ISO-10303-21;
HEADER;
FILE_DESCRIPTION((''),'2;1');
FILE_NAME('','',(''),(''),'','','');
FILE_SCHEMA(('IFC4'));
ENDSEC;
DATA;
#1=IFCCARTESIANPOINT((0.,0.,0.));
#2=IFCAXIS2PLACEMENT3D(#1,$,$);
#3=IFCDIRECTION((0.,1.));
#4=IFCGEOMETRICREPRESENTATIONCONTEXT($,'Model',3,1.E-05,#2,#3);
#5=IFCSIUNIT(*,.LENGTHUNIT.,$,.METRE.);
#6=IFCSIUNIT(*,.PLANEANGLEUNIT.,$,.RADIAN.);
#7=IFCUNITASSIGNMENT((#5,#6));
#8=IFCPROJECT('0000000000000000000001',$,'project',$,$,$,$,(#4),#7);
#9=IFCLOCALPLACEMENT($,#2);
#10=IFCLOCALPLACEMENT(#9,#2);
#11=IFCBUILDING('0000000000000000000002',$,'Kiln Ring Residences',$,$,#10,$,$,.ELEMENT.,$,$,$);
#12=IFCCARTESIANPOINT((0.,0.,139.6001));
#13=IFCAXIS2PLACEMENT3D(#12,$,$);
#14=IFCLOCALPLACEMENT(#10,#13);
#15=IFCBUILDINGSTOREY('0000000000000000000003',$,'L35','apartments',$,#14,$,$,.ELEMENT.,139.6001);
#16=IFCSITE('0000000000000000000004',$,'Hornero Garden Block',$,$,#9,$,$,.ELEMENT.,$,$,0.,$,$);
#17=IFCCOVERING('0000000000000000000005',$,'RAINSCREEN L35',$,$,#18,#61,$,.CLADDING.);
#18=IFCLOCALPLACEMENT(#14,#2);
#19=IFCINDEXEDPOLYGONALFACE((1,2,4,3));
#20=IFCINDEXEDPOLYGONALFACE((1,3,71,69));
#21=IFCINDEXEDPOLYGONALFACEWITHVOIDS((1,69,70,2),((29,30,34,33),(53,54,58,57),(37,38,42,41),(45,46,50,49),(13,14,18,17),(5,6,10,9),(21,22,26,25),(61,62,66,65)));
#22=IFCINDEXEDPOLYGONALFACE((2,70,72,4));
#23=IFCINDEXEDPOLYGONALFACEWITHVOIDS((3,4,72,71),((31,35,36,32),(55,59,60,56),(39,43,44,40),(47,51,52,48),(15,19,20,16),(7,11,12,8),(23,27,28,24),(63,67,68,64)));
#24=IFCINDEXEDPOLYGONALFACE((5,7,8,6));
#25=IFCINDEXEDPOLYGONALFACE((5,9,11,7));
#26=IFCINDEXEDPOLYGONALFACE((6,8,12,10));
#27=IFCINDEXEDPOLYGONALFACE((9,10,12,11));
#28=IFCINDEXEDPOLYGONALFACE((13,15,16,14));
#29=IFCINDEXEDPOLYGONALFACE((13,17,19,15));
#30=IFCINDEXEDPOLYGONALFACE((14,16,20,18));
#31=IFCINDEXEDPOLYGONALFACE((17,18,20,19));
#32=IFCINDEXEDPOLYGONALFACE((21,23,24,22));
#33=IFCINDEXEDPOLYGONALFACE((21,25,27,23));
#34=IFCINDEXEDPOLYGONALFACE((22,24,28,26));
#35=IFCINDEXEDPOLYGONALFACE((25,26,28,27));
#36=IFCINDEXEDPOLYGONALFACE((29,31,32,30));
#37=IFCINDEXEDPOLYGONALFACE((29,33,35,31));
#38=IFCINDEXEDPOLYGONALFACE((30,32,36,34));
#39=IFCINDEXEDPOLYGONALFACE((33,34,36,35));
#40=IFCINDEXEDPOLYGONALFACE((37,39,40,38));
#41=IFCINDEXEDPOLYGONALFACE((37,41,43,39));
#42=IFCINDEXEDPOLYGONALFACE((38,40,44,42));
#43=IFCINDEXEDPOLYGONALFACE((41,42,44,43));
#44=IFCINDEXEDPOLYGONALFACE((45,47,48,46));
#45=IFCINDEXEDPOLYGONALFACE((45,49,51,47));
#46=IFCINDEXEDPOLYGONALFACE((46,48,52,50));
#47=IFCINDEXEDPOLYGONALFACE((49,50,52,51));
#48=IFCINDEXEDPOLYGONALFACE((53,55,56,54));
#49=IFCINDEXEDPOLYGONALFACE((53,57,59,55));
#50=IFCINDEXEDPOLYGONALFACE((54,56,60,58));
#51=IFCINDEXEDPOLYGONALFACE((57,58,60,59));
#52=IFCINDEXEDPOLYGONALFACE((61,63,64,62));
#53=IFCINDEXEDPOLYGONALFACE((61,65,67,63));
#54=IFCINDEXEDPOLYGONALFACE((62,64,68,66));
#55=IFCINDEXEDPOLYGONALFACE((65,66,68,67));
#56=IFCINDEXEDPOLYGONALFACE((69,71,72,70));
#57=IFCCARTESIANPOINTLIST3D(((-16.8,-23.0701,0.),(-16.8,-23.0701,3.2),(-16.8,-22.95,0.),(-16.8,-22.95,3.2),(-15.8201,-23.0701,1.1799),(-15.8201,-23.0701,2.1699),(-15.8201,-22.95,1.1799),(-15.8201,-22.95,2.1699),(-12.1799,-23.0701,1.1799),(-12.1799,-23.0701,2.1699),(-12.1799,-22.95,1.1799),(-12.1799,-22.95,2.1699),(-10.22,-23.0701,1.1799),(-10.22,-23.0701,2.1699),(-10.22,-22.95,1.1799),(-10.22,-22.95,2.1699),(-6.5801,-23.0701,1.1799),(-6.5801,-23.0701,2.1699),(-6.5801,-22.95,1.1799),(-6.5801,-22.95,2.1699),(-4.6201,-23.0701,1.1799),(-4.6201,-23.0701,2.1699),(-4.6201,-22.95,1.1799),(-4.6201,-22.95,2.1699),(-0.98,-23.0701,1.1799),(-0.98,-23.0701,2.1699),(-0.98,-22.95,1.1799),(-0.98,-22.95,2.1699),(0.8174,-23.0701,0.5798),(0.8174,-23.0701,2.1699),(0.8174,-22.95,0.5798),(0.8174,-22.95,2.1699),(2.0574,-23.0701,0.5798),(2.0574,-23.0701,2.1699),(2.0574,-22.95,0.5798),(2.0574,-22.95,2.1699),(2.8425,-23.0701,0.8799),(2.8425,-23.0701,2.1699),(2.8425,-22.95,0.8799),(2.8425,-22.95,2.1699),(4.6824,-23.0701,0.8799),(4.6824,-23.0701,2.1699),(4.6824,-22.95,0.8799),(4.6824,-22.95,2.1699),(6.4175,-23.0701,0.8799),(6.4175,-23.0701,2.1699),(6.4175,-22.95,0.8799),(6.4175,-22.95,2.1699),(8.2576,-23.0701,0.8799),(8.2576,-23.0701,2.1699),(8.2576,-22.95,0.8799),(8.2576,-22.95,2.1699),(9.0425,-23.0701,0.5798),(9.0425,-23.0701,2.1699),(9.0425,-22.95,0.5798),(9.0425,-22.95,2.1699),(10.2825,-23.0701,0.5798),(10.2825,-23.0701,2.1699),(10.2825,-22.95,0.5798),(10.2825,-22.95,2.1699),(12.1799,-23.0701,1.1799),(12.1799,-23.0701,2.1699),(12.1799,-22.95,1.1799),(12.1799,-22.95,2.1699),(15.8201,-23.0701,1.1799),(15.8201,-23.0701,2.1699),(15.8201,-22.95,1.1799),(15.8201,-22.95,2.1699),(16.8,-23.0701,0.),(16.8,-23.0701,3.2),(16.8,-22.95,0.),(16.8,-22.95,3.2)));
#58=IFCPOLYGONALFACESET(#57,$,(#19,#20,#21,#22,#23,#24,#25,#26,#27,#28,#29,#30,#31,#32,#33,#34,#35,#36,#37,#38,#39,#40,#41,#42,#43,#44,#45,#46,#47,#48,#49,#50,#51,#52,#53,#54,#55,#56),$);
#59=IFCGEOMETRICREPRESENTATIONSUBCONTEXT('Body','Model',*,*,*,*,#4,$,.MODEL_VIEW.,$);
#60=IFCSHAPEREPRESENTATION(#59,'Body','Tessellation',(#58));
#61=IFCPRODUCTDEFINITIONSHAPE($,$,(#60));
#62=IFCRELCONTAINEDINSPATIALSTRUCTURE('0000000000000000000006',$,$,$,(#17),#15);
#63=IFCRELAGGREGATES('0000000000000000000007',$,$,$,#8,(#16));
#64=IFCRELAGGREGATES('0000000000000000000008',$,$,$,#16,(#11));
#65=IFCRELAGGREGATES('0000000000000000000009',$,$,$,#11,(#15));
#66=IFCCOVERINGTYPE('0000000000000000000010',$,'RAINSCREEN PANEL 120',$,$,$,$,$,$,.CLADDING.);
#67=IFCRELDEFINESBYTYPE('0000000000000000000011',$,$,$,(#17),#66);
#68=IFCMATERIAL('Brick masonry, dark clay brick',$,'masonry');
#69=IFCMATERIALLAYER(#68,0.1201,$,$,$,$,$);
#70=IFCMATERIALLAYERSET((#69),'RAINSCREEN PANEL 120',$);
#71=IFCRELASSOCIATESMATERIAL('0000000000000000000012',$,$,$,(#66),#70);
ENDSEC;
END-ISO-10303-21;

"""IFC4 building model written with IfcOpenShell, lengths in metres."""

from ifc_helpers import new_model, si_unit, direction, frame, origin, place, context, subcontext, project, spatial, polyline, outline, extrude, material, layer, layer_set, type_object, element, save


model = new_model("IFC4")

# Units and contexts
model_context = context("Model", 3, precision=1e-05, world=origin(), true_north=direction((0.0, 1.0)))
body_context = subcontext(model_context, "Body", "Model", "MODEL_VIEW")
ifc_project = project(units=[si_unit("LENGTHUNIT", "METRE"), si_unit("PLANEANGLEUNIT", "RADIAN")], contexts=[model_context])

# Site, building, storey
site_placement = place(None, origin())
site = spatial("IfcSite", under=ifc_project, at=site_placement, Name="Hornero Garden Block", CompositionType="ELEMENT", RefElevation=0.0)
building_placement = place(site_placement, origin())
building = spatial("IfcBuilding", under=site, at=building_placement, Name="Kiln Ring Residences", CompositionType="ELEMENT")
storey_placement = place(building_placement, frame((0.0, 0.0, 139.6001)))
storey = spatial("IfcBuildingStorey", under=building, at=storey_placement, Name="L35", Description="apartments", CompositionType="ELEMENT", Elevation=139.6001)

# Covering
ifc_material_1 = material(Name="Brick masonry, dark clay brick", Category="masonry")
ifc_layer_1 = layer(ifc_material_1, 0.1201)
ifc_layer_set_1 = layer_set([ifc_layer_1], Name="RAINSCREEN PANEL 120")
covering_type = type_object("IfcCoveringType", Name="RAINSCREEN PANEL 120", PredefinedType="CLADDING", material=ifc_layer_set_1)
covering_placement = place(storey_placement, frame((-16.8, -23.01, 0.0), z_axis=(0.0, 0.0, 1.0), x_axis=(1.0, 0.0, 0.0)))
element("IfcCovering", 1, at=covering_placement, inside=storey, type_object=covering_type, Name="RAINSCREEN L35", PredefinedType="CLADDING", context=body_context, shape_type="SweptSolid", body=[
    extrude(outline(polyline([(0.0, 0.0), (33.6001, 0.0), (33.6001, 3.2), (0.0, 3.2), (0.0, 0.0)]), holes=[polyline([(17.6174, 0.5798), (18.8574, 0.5798), (18.8574, 2.1699), (17.6174, 2.1699), (17.6174, 0.5798)]), polyline([(25.8425, 0.5798), (27.0825, 0.5798), (27.0825, 2.1699), (25.8425, 2.1699), (25.8425, 0.5798)]), polyline([(19.6426, 0.8799), (21.4824, 0.8799), (21.4824, 2.1699), (19.6426, 2.1699), (19.6426, 0.8799)]), polyline([(23.2175, 0.8799), (25.0576, 0.8799), (25.0576, 2.1699), (23.2175, 2.1699), (23.2175, 0.8799)]), polyline([(0.98, 1.1799), (4.6201, 1.1799), (4.6201, 2.1699), (0.98, 2.1699), (0.98, 1.1799)]), polyline([(6.5801, 1.1799), (10.22, 1.1799), (10.22, 2.1699), (6.5801, 2.1699), (6.5801, 1.1799)]), polyline([(12.1799, 1.1799), (15.8201, 1.1799), (15.8201, 2.1699), (12.1799, 2.1699), (12.1799, 1.1799)]), polyline([(28.98, 1.1799), (32.6201, 1.1799), (32.6201, 2.1699), (28.98, 2.1699), (28.98, 1.1799)])]), frame((0.0, 0.0601, 0.0), z_axis=(0.0, -1.0, 0.0), x_axis=(1.0, 0.0, 0.0)), (0.0, 0.0, 1.0), 0.1201),
])

save(model, "model.ifc")
